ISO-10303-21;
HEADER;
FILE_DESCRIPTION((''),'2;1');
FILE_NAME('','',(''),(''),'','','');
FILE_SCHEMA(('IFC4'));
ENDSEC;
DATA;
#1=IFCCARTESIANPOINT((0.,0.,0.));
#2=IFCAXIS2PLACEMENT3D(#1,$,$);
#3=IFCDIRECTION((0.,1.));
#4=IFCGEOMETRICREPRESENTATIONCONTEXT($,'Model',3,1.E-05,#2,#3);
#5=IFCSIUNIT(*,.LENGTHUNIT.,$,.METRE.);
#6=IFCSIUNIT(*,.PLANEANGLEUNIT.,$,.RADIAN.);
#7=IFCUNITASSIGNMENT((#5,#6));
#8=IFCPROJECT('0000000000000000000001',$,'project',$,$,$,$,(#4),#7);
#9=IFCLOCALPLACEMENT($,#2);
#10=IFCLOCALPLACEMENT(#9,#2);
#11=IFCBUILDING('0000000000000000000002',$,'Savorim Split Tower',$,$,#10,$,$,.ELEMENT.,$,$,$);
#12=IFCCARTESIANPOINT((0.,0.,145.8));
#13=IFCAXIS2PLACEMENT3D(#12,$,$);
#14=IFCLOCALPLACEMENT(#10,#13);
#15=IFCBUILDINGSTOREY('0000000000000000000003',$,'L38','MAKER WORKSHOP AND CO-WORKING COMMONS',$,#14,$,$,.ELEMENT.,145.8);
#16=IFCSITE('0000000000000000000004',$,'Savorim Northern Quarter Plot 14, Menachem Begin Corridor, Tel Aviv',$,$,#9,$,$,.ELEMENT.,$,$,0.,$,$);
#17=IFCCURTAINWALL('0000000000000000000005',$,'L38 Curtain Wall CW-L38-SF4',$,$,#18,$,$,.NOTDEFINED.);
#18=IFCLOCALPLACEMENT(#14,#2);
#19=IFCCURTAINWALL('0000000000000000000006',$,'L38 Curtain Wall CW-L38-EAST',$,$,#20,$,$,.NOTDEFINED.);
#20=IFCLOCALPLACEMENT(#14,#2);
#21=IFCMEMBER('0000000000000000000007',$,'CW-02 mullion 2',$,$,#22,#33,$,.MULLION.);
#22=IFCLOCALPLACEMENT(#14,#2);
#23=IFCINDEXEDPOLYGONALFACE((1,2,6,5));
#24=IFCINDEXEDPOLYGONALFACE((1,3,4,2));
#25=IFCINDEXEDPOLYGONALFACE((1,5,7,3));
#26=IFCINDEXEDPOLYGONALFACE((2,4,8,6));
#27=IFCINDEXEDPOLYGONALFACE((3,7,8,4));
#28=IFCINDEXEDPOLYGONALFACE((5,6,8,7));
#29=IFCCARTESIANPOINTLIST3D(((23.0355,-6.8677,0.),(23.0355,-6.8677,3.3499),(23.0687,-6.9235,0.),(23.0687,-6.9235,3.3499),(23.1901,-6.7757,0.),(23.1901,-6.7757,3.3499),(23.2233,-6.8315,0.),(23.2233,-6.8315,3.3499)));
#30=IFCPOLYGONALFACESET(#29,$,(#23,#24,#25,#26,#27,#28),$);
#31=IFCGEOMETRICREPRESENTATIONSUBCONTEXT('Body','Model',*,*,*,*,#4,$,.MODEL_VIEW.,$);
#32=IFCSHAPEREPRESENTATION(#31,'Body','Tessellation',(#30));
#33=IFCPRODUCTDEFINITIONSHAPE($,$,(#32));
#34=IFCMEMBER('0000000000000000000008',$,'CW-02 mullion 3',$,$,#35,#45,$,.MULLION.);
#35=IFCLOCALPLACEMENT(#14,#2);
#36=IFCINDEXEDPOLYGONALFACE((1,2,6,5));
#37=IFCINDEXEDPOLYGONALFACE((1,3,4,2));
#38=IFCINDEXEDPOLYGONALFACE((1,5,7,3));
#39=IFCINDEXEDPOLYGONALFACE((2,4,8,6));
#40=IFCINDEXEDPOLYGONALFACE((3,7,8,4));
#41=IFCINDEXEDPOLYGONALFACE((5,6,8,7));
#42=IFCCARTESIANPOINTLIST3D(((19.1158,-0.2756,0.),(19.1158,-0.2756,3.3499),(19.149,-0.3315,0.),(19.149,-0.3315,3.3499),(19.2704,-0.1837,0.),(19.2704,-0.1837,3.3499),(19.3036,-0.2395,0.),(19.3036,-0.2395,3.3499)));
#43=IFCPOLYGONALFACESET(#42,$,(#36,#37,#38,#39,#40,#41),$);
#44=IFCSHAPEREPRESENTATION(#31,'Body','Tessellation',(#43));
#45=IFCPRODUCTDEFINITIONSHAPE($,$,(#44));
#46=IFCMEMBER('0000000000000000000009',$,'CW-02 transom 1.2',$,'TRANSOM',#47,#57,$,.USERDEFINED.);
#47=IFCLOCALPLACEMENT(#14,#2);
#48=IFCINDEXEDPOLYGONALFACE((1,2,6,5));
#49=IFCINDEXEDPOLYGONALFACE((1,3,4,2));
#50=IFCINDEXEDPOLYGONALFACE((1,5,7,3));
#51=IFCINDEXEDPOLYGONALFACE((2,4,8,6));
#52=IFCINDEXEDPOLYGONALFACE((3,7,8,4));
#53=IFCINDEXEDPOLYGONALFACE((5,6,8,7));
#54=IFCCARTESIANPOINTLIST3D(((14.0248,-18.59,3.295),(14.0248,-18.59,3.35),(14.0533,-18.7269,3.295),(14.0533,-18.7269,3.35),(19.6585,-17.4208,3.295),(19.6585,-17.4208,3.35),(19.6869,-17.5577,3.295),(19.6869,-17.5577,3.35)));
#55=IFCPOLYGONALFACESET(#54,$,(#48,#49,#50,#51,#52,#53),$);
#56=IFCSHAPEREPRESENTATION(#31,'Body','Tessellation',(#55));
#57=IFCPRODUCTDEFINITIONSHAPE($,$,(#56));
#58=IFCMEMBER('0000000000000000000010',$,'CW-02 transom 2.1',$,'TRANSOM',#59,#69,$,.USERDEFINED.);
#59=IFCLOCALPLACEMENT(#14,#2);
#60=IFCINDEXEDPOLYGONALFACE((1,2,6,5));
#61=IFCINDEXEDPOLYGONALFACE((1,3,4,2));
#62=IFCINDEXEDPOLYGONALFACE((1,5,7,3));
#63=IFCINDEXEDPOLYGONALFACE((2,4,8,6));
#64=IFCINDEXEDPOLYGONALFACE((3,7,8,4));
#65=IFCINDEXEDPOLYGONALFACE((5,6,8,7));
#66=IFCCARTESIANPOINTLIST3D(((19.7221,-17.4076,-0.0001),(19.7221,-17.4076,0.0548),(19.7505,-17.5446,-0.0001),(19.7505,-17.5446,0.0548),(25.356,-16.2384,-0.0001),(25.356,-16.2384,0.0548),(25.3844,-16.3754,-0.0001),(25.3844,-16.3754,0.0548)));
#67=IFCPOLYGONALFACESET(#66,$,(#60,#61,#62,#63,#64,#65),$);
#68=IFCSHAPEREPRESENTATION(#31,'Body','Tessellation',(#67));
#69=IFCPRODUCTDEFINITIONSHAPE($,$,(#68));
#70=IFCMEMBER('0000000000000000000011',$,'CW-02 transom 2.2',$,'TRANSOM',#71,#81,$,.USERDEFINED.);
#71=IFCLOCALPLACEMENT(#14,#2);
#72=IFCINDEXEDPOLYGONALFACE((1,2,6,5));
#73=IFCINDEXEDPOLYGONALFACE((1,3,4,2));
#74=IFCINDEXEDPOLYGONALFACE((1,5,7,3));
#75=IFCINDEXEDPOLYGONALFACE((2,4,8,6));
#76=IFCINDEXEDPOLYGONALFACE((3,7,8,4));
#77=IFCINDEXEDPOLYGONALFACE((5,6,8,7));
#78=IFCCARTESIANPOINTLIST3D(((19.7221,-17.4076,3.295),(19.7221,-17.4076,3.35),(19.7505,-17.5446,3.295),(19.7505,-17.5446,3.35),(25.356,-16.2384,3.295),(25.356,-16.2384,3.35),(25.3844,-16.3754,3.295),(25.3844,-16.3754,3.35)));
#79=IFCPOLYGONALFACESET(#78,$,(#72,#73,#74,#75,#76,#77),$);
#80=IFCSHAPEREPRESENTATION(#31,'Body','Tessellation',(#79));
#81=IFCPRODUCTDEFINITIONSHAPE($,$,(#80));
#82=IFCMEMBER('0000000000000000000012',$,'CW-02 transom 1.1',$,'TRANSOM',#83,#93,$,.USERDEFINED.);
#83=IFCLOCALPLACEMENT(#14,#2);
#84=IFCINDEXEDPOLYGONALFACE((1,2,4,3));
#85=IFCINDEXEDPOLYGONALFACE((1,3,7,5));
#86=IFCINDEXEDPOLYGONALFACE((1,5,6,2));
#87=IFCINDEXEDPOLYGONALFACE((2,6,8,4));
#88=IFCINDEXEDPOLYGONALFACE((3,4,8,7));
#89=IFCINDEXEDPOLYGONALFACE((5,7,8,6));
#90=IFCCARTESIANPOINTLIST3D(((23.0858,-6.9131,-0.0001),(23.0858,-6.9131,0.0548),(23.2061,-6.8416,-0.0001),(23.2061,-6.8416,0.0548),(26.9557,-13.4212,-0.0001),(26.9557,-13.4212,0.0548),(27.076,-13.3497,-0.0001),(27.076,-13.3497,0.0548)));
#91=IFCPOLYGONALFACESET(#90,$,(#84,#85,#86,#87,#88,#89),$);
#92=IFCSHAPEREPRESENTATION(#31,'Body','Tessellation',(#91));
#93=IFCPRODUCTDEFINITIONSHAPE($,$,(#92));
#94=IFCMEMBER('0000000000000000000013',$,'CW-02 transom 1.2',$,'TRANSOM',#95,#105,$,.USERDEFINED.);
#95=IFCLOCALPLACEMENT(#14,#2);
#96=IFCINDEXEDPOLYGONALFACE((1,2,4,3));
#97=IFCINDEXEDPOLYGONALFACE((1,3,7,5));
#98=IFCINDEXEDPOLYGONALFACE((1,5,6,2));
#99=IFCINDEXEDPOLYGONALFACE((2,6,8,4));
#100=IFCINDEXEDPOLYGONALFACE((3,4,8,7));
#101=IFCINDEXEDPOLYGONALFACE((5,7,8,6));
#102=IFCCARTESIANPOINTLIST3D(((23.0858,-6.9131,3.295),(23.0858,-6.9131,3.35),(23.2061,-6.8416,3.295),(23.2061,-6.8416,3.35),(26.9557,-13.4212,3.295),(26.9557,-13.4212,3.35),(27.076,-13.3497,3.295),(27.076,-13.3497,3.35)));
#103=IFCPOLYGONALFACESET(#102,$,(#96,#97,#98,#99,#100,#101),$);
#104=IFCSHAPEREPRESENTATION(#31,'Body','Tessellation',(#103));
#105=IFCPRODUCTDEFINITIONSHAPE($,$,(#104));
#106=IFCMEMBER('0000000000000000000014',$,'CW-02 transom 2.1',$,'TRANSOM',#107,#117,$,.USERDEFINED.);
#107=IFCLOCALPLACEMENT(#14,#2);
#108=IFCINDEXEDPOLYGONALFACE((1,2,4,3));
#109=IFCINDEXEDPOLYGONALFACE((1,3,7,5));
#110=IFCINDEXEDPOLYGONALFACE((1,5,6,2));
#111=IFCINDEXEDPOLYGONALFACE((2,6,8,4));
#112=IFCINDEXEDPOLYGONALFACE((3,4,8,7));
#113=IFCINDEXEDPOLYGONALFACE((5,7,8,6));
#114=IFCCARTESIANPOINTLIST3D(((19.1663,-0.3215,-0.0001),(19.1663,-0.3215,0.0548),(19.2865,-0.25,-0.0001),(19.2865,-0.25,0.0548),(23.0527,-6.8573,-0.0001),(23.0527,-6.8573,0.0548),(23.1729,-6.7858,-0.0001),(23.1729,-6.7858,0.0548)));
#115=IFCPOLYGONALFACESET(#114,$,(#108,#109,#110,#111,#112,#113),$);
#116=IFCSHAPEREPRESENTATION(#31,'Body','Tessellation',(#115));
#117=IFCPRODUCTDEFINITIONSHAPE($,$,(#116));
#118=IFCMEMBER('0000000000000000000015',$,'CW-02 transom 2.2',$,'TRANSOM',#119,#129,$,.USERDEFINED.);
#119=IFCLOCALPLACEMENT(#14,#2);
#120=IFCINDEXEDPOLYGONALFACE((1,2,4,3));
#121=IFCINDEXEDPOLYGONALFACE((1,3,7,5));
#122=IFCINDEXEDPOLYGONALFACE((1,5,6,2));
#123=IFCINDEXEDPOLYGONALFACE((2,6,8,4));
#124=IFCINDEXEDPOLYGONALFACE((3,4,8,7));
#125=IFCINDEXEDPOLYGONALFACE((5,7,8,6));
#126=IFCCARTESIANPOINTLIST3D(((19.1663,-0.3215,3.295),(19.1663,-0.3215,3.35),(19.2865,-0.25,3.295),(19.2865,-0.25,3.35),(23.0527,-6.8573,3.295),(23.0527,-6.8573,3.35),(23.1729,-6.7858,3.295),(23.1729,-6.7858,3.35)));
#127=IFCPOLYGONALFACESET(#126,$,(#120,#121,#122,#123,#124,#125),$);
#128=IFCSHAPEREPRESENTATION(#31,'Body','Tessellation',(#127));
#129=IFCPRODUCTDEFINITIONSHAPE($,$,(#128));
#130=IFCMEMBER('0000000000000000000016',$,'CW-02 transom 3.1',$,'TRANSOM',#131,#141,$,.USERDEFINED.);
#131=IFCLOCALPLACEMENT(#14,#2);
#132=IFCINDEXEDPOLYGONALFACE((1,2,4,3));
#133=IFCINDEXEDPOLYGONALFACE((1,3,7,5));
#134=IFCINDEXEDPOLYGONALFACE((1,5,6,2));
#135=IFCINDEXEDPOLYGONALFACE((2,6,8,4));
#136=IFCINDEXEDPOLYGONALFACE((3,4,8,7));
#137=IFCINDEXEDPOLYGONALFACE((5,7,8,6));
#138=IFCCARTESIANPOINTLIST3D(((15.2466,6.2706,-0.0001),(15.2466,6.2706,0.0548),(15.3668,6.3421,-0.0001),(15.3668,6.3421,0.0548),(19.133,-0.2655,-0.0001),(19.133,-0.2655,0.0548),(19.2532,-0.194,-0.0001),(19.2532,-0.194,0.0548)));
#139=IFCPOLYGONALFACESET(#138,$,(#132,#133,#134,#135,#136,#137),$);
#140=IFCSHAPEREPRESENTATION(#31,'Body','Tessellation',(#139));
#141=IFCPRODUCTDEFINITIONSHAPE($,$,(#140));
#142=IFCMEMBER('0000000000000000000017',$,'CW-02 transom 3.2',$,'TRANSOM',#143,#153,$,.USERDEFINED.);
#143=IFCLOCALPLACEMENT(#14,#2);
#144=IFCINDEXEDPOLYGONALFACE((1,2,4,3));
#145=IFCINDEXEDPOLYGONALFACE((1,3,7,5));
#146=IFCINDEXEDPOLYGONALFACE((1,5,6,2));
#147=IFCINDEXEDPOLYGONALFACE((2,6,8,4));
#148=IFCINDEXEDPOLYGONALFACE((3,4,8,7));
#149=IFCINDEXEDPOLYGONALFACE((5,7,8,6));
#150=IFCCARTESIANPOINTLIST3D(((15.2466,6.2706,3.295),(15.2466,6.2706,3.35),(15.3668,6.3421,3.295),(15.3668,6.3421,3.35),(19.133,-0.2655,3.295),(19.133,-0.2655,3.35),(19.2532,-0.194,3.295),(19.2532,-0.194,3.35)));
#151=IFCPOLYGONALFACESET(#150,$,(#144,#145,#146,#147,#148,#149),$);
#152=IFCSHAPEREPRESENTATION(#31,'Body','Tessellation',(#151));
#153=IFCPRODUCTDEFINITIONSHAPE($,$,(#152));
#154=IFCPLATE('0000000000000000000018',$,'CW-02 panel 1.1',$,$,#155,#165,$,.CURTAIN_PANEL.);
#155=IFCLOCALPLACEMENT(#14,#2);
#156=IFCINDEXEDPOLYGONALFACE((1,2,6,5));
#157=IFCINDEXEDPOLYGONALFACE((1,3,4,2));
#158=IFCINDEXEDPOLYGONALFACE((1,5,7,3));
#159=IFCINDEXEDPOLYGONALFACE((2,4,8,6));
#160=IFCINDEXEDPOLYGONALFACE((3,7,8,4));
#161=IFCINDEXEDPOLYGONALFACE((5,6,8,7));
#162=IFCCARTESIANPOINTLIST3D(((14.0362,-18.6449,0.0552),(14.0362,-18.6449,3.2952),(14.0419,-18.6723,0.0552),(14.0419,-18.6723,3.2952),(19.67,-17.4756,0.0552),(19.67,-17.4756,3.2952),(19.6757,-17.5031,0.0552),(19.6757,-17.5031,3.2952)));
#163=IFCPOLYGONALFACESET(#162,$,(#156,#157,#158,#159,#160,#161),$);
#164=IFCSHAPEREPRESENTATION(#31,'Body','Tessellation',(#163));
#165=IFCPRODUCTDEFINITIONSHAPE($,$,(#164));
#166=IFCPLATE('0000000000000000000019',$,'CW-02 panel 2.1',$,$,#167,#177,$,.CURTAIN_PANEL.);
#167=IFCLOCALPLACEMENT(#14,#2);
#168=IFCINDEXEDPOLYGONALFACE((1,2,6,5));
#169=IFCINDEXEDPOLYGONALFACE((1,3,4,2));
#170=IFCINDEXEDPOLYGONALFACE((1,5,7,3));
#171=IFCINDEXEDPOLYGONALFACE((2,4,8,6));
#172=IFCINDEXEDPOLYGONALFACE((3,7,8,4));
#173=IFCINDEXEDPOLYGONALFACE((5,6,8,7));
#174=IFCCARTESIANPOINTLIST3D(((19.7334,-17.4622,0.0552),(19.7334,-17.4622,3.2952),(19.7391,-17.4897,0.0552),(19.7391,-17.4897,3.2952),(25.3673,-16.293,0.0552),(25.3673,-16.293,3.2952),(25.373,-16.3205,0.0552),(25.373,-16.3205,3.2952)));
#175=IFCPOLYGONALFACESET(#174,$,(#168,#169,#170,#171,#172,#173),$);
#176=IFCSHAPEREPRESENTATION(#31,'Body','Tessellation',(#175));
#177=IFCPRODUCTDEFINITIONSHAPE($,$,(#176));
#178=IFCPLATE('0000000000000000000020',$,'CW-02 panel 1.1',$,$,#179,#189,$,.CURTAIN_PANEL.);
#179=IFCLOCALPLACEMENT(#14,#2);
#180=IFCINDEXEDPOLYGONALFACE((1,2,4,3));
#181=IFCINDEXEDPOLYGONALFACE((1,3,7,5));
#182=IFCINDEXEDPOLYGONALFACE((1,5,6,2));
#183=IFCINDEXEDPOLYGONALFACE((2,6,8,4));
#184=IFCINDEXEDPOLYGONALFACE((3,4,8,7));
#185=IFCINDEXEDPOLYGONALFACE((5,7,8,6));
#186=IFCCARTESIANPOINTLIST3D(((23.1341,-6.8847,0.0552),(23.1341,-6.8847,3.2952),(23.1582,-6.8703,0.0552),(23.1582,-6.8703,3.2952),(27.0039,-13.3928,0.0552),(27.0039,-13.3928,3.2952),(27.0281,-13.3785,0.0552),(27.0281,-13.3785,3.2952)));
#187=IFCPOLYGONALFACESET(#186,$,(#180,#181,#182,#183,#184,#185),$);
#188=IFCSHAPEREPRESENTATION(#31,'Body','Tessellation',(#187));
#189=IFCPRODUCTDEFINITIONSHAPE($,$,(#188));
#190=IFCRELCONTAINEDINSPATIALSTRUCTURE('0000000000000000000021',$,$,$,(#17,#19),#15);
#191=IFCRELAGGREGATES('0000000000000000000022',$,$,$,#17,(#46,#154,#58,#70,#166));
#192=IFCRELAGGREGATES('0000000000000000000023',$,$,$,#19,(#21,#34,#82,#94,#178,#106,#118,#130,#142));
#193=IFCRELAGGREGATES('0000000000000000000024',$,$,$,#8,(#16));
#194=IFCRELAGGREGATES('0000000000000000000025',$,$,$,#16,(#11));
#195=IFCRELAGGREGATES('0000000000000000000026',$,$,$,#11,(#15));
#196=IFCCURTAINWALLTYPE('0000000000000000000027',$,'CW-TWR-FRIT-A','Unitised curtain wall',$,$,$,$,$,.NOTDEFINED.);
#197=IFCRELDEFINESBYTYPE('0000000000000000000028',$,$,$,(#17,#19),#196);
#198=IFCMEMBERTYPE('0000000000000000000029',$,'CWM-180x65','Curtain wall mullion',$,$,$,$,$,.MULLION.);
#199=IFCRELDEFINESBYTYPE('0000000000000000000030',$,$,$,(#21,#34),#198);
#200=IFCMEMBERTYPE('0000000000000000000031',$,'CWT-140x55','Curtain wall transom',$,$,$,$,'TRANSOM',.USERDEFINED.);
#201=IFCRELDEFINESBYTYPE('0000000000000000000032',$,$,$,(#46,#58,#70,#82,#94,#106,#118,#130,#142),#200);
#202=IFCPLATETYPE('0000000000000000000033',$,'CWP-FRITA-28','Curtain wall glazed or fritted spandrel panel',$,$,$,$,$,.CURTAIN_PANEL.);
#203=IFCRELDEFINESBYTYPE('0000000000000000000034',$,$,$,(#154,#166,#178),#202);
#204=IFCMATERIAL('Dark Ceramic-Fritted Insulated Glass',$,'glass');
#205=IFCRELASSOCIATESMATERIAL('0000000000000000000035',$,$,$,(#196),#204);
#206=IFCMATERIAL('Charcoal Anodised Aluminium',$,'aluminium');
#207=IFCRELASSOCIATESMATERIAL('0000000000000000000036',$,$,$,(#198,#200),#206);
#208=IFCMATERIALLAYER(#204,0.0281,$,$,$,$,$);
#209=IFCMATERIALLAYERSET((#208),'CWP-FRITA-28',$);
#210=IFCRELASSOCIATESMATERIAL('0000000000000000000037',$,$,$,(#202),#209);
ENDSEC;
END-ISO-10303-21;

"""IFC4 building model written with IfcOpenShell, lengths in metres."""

from ifc_helpers import new_model, si_unit, direction, frame, origin, origin_2d, place, context, subcontext, project, spatial, rectangle, extrude, material, layer, layer_set, material_profile, profile_set, type_object, element, aggregate, save


model = new_model("IFC4")

# Units and contexts
model_context = context("Model", 3, precision=1e-05, world=origin(), true_north=direction((0.0, 1.0)))
body_context = subcontext(model_context, "Body", "Model", "MODEL_VIEW")
ifc_project = project(units=[si_unit("LENGTHUNIT", "METRE"), si_unit("PLANEANGLEUNIT", "RADIAN")], contexts=[model_context])

# Site, building, storey
site_placement = place(None, origin())
site = spatial("IfcSite", under=ifc_project, at=site_placement, Name="Savorim Northern Quarter Plot 14, Menachem Begin Corridor, Tel Aviv", CompositionType="ELEMENT", RefElevation=0.0)
building_placement = place(site_placement, origin())
building = spatial("IfcBuilding", under=site, at=building_placement, Name="Savorim Split Tower", CompositionType="ELEMENT")
storey_placement = place(building_placement, frame((0.0, 0.0, 145.8)))
storey = spatial("IfcBuildingStorey", under=building, at=storey_placement, Name="L38", Description="MAKER WORKSHOP AND CO-WORKING COMMONS", CompositionType="ELEMENT", Elevation=145.8)

# Curtain walls, members
ifc_material_1 = material(Name="Dark Ceramic-Fritted Insulated Glass", Category="glass")
curtain_wall_type = type_object("IfcCurtainWallType", Name="CW-TWR-FRIT-A", Description="Unitised curtain wall", PredefinedType="NOTDEFINED", material=ifc_material_1)
curtain_wall_1_placement = place(storey_placement, origin())
curtain_wall_1 = element("IfcCurtainWall", 1, at=curtain_wall_1_placement, inside=storey, type_object=curtain_wall_type, Name="L38 Curtain Wall CW-L38-SF4", PredefinedType="NOTDEFINED")
ifc_material_2 = material(Name="Charcoal Anodised Aluminium", Category="aluminium")
ifc_material_profile_1 = material_profile(ifc_material_2, rectangle(XDim=0.1799, YDim=0.0649, at=origin_2d()), Name="ALU-M 180x65")
ifc_profile_set_1 = profile_set([ifc_material_profile_1], Name="Charcoal Anodised Aluminium")
member_type_1 = type_object("IfcMemberType", Name="CWM-180x65", Description="Curtain wall mullion", PredefinedType="MULLION", material=ifc_profile_set_1)
curtain_wall_2_placement = place(storey_placement, origin())
curtain_wall_2 = element("IfcCurtainWall", 2, at=curtain_wall_2_placement, inside=storey, type_object=curtain_wall_type, Name="L38 Curtain Wall CW-L38-EAST", PredefinedType="NOTDEFINED")
member_1_placement = place(storey_placement, frame((23.1294, -6.8496, 0.0), z_axis=(0.0, 0.0, 1.0), x_axis=(-0.859526, -0.511091, 0.0)))
member_1 = element("IfcMember", 3, at=member_1_placement, type_object=member_type_1, Name="CW-02 mullion 2", PredefinedType="MULLION", context=body_context, shape_type="SweptSolid", body=[
    extrude(rectangle(XDim=0.1799, YDim=0.0649, at=origin_2d()), origin(), (0.0, 0.0, 1.0), 3.3499),
])
member_2_placement = place(storey_placement, frame((19.2097, -0.2576, 0.0), z_axis=(0.0, 0.0, 1.0), x_axis=(-0.859526, -0.511091, 0.0)))
member_2 = element("IfcMember", 4, at=member_2_placement, type_object=member_type_1, Name="CW-02 mullion 3", PredefinedType="MULLION", context=body_context, shape_type="SweptSolid", body=[
    extrude(rectangle(XDim=0.1799, YDim=0.0649, at=origin_2d()), origin(), (0.0, 0.0, 1.0), 3.3499),
])

# Members
ifc_material_profile_2 = material_profile(ifc_material_2, rectangle(XDim=0.1399, YDim=0.0549, at=origin_2d()), Name="ALU-T 140x55")
ifc_profile_set_2 = profile_set([ifc_material_profile_2], Name="Charcoal Anodised Aluminium")
member_type_2 = type_object("IfcMemberType", Name="CWT-140x55", Description="Curtain wall transom", ElementType="TRANSOM", PredefinedType="USERDEFINED", material=ifc_profile_set_2)
member_3_placement = place(storey_placement, frame((14.0391, -18.6584, 3.3225), z_axis=(0.979135, 0.20321, 0.0), x_axis=(-0.20321, 0.979135, 0.0)))
member_3 = element("IfcMember", 5, at=member_3_placement, type_object=member_type_2, Name="CW-02 transom 1.2", ObjectType="TRANSOM", PredefinedType="USERDEFINED", context=body_context, shape_type="SweptSolid", body=[
    extrude(rectangle(XDim=0.1399, YDim=0.0549, at=origin_2d()), origin(), (0.0, 0.0, 1.0), 5.7537),
])
member_4_placement = place(storey_placement, frame((19.7363, -17.4761, 0.0273), z_axis=(0.979137, 0.203202, 0.0), x_axis=(-0.203202, 0.979137, 0.0)))
member_4 = element("IfcMember", 6, at=member_4_placement, type_object=member_type_2, Name="CW-02 transom 2.1", ObjectType="TRANSOM", PredefinedType="USERDEFINED", context=body_context, shape_type="SweptSolid", body=[
    extrude(rectangle(XDim=0.1399, YDim=0.0549, at=origin_2d()), origin(), (0.0, 0.0, 1.0), 5.7539),
])
member_5_placement = place(storey_placement, frame((19.7363, -17.4761, 3.3225), z_axis=(0.979137, 0.203202, 0.0), x_axis=(-0.203202, 0.979137, 0.0)))
member_5 = element("IfcMember", 7, at=member_5_placement, type_object=member_type_2, Name="CW-02 transom 2.2", ObjectType="TRANSOM", PredefinedType="USERDEFINED", context=body_context, shape_type="SweptSolid", body=[
    extrude(rectangle(XDim=0.1399, YDim=0.0549, at=origin_2d()), origin(), (0.0, 0.0, 1.0), 5.7539),
])
member_6_placement = place(storey_placement, frame((27.0159, -13.3855, 0.0273), z_axis=(-0.511097, 0.859523, 0.0), x_axis=(-0.859523, -0.511097, 0.0)))
member_6 = element("IfcMember", 8, at=member_6_placement, type_object=member_type_2, Name="CW-02 transom 1.1", ObjectType="TRANSOM", PredefinedType="USERDEFINED", context=body_context, shape_type="SweptSolid", body=[
    extrude(rectangle(XDim=0.1399, YDim=0.0549, at=origin_2d()), origin(), (0.0, 0.0, 1.0), 7.5718),
])
member_7_placement = place(storey_placement, frame((27.0159, -13.3855, 3.3225), z_axis=(-0.511097, 0.859523, 0.0), x_axis=(-0.859523, -0.511097, 0.0)))
member_7 = element("IfcMember", 9, at=member_7_placement, type_object=member_type_2, Name="CW-02 transom 1.2", ObjectType="TRANSOM", PredefinedType="USERDEFINED", context=body_context, shape_type="SweptSolid", body=[
    extrude(rectangle(XDim=0.1399, YDim=0.0549, at=origin_2d()), origin(), (0.0, 0.0, 1.0), 7.5718),
])
member_8_placement = place(storey_placement, frame((23.1128, -6.8215, 0.0273), z_axis=(-0.511102, 0.85952, 0.0), x_axis=(-0.85952, -0.511102, 0.0)))
member_8 = element("IfcMember", 10, at=member_8_placement, type_object=member_type_2, Name="CW-02 transom 2.1", ObjectType="TRANSOM", PredefinedType="USERDEFINED", context=body_context, shape_type="SweptSolid", body=[
    extrude(rectangle(XDim=0.1399, YDim=0.0549, at=origin_2d()), origin(), (0.0, 0.0, 1.0), 7.604),
])
member_9_placement = place(storey_placement, frame((23.1128, -6.8215, 3.3225), z_axis=(-0.511102, 0.85952, 0.0), x_axis=(-0.85952, -0.511102, 0.0)))
member_9 = element("IfcMember", 11, at=member_9_placement, type_object=member_type_2, Name="CW-02 transom 2.2", ObjectType="TRANSOM", PredefinedType="USERDEFINED", context=body_context, shape_type="SweptSolid", body=[
    extrude(rectangle(XDim=0.1399, YDim=0.0549, at=origin_2d()), origin(), (0.0, 0.0, 1.0), 7.604),
])
member_10_placement = place(storey_placement, frame((19.1931, -0.2297, 0.0273), z_axis=(-0.511088, 0.859529, 0.0), x_axis=(-0.859529, -0.511088, 0.0)))
member_10 = element("IfcMember", 12, at=member_10_placement, type_object=member_type_2, Name="CW-02 transom 3.1", ObjectType="TRANSOM", PredefinedType="USERDEFINED", context=body_context, shape_type="SweptSolid", body=[
    extrude(rectangle(XDim=0.1399, YDim=0.0549, at=origin_2d()), origin(), (0.0, 0.0, 1.0), 7.6042),
])
member_11_placement = place(storey_placement, frame((19.1931, -0.2297, 3.3225), z_axis=(-0.511088, 0.859529, 0.0), x_axis=(-0.859529, -0.511088, 0.0)))
member_11 = element("IfcMember", 13, at=member_11_placement, type_object=member_type_2, Name="CW-02 transom 3.2", ObjectType="TRANSOM", PredefinedType="USERDEFINED", context=body_context, shape_type="SweptSolid", body=[
    extrude(rectangle(XDim=0.1399, YDim=0.0549, at=origin_2d()), origin(), (0.0, 0.0, 1.0), 7.6042),
])

# Plates
ifc_layer_1 = layer(ifc_material_1, 0.0281)
ifc_layer_set_1 = layer_set([ifc_layer_1], Name="CWP-FRITA-28")
plate_type = type_object("IfcPlateType", Name="CWP-FRITA-28", Description="Curtain wall glazed or fritted spandrel panel", PredefinedType="CURTAIN_PANEL", material=ifc_layer_set_1)
plate_1_placement = place(storey_placement, frame((16.856, -18.074, 0.0552), z_axis=(0.0, 0.0, 1.0), x_axis=(0.979135, 0.20321, 0.0)))
plate_1 = element("IfcPlate", 14, at=plate_1_placement, type_object=plate_type, Name="CW-02 panel 1.1", PredefinedType="CURTAIN_PANEL", context=body_context, shape_type="SweptSolid", body=[
    extrude(rectangle(XDim=5.7539, YDim=0.0281, at=origin_2d()), origin(), (0.0, 0.0, 1.0), 3.24),
])
plate_2_placement = place(storey_placement, frame((22.5532, -16.8914, 0.0552), z_axis=(0.0, 0.0, 1.0), x_axis=(0.979135, 0.20321, 0.0)))
plate_2 = element("IfcPlate", 15, at=plate_2_placement, type_object=plate_type, Name="CW-02 panel 2.1", PredefinedType="CURTAIN_PANEL", context=body_context, shape_type="SweptSolid", body=[
    extrude(rectangle(XDim=5.7539, YDim=0.0281, at=origin_2d()), origin(), (0.0, 0.0, 1.0), 3.24),
])
aggregate(curtain_wall_1, [member_3, plate_1, member_4, member_5, plate_2])
plate_3_placement = place(storey_placement, frame((25.0811, -10.1316, 0.0552), z_axis=(0.0, 0.0, 1.0), x_axis=(-0.511091, 0.859526, 0.0)))
plate_3 = element("IfcPlate", 16, at=plate_3_placement, type_object=plate_type, Name="CW-02 panel 1.1", PredefinedType="CURTAIN_PANEL", context=body_context, shape_type="SweptSolid", body=[
    extrude(rectangle(XDim=7.5718, YDim=0.0281, at=origin_2d()), origin(), (0.0, 0.0, 1.0), 3.24),
])
aggregate(curtain_wall_2, [member_1, member_2, member_6, member_7, plate_3, member_8, member_9, member_10, member_11])

save(model, "model.ifc")
